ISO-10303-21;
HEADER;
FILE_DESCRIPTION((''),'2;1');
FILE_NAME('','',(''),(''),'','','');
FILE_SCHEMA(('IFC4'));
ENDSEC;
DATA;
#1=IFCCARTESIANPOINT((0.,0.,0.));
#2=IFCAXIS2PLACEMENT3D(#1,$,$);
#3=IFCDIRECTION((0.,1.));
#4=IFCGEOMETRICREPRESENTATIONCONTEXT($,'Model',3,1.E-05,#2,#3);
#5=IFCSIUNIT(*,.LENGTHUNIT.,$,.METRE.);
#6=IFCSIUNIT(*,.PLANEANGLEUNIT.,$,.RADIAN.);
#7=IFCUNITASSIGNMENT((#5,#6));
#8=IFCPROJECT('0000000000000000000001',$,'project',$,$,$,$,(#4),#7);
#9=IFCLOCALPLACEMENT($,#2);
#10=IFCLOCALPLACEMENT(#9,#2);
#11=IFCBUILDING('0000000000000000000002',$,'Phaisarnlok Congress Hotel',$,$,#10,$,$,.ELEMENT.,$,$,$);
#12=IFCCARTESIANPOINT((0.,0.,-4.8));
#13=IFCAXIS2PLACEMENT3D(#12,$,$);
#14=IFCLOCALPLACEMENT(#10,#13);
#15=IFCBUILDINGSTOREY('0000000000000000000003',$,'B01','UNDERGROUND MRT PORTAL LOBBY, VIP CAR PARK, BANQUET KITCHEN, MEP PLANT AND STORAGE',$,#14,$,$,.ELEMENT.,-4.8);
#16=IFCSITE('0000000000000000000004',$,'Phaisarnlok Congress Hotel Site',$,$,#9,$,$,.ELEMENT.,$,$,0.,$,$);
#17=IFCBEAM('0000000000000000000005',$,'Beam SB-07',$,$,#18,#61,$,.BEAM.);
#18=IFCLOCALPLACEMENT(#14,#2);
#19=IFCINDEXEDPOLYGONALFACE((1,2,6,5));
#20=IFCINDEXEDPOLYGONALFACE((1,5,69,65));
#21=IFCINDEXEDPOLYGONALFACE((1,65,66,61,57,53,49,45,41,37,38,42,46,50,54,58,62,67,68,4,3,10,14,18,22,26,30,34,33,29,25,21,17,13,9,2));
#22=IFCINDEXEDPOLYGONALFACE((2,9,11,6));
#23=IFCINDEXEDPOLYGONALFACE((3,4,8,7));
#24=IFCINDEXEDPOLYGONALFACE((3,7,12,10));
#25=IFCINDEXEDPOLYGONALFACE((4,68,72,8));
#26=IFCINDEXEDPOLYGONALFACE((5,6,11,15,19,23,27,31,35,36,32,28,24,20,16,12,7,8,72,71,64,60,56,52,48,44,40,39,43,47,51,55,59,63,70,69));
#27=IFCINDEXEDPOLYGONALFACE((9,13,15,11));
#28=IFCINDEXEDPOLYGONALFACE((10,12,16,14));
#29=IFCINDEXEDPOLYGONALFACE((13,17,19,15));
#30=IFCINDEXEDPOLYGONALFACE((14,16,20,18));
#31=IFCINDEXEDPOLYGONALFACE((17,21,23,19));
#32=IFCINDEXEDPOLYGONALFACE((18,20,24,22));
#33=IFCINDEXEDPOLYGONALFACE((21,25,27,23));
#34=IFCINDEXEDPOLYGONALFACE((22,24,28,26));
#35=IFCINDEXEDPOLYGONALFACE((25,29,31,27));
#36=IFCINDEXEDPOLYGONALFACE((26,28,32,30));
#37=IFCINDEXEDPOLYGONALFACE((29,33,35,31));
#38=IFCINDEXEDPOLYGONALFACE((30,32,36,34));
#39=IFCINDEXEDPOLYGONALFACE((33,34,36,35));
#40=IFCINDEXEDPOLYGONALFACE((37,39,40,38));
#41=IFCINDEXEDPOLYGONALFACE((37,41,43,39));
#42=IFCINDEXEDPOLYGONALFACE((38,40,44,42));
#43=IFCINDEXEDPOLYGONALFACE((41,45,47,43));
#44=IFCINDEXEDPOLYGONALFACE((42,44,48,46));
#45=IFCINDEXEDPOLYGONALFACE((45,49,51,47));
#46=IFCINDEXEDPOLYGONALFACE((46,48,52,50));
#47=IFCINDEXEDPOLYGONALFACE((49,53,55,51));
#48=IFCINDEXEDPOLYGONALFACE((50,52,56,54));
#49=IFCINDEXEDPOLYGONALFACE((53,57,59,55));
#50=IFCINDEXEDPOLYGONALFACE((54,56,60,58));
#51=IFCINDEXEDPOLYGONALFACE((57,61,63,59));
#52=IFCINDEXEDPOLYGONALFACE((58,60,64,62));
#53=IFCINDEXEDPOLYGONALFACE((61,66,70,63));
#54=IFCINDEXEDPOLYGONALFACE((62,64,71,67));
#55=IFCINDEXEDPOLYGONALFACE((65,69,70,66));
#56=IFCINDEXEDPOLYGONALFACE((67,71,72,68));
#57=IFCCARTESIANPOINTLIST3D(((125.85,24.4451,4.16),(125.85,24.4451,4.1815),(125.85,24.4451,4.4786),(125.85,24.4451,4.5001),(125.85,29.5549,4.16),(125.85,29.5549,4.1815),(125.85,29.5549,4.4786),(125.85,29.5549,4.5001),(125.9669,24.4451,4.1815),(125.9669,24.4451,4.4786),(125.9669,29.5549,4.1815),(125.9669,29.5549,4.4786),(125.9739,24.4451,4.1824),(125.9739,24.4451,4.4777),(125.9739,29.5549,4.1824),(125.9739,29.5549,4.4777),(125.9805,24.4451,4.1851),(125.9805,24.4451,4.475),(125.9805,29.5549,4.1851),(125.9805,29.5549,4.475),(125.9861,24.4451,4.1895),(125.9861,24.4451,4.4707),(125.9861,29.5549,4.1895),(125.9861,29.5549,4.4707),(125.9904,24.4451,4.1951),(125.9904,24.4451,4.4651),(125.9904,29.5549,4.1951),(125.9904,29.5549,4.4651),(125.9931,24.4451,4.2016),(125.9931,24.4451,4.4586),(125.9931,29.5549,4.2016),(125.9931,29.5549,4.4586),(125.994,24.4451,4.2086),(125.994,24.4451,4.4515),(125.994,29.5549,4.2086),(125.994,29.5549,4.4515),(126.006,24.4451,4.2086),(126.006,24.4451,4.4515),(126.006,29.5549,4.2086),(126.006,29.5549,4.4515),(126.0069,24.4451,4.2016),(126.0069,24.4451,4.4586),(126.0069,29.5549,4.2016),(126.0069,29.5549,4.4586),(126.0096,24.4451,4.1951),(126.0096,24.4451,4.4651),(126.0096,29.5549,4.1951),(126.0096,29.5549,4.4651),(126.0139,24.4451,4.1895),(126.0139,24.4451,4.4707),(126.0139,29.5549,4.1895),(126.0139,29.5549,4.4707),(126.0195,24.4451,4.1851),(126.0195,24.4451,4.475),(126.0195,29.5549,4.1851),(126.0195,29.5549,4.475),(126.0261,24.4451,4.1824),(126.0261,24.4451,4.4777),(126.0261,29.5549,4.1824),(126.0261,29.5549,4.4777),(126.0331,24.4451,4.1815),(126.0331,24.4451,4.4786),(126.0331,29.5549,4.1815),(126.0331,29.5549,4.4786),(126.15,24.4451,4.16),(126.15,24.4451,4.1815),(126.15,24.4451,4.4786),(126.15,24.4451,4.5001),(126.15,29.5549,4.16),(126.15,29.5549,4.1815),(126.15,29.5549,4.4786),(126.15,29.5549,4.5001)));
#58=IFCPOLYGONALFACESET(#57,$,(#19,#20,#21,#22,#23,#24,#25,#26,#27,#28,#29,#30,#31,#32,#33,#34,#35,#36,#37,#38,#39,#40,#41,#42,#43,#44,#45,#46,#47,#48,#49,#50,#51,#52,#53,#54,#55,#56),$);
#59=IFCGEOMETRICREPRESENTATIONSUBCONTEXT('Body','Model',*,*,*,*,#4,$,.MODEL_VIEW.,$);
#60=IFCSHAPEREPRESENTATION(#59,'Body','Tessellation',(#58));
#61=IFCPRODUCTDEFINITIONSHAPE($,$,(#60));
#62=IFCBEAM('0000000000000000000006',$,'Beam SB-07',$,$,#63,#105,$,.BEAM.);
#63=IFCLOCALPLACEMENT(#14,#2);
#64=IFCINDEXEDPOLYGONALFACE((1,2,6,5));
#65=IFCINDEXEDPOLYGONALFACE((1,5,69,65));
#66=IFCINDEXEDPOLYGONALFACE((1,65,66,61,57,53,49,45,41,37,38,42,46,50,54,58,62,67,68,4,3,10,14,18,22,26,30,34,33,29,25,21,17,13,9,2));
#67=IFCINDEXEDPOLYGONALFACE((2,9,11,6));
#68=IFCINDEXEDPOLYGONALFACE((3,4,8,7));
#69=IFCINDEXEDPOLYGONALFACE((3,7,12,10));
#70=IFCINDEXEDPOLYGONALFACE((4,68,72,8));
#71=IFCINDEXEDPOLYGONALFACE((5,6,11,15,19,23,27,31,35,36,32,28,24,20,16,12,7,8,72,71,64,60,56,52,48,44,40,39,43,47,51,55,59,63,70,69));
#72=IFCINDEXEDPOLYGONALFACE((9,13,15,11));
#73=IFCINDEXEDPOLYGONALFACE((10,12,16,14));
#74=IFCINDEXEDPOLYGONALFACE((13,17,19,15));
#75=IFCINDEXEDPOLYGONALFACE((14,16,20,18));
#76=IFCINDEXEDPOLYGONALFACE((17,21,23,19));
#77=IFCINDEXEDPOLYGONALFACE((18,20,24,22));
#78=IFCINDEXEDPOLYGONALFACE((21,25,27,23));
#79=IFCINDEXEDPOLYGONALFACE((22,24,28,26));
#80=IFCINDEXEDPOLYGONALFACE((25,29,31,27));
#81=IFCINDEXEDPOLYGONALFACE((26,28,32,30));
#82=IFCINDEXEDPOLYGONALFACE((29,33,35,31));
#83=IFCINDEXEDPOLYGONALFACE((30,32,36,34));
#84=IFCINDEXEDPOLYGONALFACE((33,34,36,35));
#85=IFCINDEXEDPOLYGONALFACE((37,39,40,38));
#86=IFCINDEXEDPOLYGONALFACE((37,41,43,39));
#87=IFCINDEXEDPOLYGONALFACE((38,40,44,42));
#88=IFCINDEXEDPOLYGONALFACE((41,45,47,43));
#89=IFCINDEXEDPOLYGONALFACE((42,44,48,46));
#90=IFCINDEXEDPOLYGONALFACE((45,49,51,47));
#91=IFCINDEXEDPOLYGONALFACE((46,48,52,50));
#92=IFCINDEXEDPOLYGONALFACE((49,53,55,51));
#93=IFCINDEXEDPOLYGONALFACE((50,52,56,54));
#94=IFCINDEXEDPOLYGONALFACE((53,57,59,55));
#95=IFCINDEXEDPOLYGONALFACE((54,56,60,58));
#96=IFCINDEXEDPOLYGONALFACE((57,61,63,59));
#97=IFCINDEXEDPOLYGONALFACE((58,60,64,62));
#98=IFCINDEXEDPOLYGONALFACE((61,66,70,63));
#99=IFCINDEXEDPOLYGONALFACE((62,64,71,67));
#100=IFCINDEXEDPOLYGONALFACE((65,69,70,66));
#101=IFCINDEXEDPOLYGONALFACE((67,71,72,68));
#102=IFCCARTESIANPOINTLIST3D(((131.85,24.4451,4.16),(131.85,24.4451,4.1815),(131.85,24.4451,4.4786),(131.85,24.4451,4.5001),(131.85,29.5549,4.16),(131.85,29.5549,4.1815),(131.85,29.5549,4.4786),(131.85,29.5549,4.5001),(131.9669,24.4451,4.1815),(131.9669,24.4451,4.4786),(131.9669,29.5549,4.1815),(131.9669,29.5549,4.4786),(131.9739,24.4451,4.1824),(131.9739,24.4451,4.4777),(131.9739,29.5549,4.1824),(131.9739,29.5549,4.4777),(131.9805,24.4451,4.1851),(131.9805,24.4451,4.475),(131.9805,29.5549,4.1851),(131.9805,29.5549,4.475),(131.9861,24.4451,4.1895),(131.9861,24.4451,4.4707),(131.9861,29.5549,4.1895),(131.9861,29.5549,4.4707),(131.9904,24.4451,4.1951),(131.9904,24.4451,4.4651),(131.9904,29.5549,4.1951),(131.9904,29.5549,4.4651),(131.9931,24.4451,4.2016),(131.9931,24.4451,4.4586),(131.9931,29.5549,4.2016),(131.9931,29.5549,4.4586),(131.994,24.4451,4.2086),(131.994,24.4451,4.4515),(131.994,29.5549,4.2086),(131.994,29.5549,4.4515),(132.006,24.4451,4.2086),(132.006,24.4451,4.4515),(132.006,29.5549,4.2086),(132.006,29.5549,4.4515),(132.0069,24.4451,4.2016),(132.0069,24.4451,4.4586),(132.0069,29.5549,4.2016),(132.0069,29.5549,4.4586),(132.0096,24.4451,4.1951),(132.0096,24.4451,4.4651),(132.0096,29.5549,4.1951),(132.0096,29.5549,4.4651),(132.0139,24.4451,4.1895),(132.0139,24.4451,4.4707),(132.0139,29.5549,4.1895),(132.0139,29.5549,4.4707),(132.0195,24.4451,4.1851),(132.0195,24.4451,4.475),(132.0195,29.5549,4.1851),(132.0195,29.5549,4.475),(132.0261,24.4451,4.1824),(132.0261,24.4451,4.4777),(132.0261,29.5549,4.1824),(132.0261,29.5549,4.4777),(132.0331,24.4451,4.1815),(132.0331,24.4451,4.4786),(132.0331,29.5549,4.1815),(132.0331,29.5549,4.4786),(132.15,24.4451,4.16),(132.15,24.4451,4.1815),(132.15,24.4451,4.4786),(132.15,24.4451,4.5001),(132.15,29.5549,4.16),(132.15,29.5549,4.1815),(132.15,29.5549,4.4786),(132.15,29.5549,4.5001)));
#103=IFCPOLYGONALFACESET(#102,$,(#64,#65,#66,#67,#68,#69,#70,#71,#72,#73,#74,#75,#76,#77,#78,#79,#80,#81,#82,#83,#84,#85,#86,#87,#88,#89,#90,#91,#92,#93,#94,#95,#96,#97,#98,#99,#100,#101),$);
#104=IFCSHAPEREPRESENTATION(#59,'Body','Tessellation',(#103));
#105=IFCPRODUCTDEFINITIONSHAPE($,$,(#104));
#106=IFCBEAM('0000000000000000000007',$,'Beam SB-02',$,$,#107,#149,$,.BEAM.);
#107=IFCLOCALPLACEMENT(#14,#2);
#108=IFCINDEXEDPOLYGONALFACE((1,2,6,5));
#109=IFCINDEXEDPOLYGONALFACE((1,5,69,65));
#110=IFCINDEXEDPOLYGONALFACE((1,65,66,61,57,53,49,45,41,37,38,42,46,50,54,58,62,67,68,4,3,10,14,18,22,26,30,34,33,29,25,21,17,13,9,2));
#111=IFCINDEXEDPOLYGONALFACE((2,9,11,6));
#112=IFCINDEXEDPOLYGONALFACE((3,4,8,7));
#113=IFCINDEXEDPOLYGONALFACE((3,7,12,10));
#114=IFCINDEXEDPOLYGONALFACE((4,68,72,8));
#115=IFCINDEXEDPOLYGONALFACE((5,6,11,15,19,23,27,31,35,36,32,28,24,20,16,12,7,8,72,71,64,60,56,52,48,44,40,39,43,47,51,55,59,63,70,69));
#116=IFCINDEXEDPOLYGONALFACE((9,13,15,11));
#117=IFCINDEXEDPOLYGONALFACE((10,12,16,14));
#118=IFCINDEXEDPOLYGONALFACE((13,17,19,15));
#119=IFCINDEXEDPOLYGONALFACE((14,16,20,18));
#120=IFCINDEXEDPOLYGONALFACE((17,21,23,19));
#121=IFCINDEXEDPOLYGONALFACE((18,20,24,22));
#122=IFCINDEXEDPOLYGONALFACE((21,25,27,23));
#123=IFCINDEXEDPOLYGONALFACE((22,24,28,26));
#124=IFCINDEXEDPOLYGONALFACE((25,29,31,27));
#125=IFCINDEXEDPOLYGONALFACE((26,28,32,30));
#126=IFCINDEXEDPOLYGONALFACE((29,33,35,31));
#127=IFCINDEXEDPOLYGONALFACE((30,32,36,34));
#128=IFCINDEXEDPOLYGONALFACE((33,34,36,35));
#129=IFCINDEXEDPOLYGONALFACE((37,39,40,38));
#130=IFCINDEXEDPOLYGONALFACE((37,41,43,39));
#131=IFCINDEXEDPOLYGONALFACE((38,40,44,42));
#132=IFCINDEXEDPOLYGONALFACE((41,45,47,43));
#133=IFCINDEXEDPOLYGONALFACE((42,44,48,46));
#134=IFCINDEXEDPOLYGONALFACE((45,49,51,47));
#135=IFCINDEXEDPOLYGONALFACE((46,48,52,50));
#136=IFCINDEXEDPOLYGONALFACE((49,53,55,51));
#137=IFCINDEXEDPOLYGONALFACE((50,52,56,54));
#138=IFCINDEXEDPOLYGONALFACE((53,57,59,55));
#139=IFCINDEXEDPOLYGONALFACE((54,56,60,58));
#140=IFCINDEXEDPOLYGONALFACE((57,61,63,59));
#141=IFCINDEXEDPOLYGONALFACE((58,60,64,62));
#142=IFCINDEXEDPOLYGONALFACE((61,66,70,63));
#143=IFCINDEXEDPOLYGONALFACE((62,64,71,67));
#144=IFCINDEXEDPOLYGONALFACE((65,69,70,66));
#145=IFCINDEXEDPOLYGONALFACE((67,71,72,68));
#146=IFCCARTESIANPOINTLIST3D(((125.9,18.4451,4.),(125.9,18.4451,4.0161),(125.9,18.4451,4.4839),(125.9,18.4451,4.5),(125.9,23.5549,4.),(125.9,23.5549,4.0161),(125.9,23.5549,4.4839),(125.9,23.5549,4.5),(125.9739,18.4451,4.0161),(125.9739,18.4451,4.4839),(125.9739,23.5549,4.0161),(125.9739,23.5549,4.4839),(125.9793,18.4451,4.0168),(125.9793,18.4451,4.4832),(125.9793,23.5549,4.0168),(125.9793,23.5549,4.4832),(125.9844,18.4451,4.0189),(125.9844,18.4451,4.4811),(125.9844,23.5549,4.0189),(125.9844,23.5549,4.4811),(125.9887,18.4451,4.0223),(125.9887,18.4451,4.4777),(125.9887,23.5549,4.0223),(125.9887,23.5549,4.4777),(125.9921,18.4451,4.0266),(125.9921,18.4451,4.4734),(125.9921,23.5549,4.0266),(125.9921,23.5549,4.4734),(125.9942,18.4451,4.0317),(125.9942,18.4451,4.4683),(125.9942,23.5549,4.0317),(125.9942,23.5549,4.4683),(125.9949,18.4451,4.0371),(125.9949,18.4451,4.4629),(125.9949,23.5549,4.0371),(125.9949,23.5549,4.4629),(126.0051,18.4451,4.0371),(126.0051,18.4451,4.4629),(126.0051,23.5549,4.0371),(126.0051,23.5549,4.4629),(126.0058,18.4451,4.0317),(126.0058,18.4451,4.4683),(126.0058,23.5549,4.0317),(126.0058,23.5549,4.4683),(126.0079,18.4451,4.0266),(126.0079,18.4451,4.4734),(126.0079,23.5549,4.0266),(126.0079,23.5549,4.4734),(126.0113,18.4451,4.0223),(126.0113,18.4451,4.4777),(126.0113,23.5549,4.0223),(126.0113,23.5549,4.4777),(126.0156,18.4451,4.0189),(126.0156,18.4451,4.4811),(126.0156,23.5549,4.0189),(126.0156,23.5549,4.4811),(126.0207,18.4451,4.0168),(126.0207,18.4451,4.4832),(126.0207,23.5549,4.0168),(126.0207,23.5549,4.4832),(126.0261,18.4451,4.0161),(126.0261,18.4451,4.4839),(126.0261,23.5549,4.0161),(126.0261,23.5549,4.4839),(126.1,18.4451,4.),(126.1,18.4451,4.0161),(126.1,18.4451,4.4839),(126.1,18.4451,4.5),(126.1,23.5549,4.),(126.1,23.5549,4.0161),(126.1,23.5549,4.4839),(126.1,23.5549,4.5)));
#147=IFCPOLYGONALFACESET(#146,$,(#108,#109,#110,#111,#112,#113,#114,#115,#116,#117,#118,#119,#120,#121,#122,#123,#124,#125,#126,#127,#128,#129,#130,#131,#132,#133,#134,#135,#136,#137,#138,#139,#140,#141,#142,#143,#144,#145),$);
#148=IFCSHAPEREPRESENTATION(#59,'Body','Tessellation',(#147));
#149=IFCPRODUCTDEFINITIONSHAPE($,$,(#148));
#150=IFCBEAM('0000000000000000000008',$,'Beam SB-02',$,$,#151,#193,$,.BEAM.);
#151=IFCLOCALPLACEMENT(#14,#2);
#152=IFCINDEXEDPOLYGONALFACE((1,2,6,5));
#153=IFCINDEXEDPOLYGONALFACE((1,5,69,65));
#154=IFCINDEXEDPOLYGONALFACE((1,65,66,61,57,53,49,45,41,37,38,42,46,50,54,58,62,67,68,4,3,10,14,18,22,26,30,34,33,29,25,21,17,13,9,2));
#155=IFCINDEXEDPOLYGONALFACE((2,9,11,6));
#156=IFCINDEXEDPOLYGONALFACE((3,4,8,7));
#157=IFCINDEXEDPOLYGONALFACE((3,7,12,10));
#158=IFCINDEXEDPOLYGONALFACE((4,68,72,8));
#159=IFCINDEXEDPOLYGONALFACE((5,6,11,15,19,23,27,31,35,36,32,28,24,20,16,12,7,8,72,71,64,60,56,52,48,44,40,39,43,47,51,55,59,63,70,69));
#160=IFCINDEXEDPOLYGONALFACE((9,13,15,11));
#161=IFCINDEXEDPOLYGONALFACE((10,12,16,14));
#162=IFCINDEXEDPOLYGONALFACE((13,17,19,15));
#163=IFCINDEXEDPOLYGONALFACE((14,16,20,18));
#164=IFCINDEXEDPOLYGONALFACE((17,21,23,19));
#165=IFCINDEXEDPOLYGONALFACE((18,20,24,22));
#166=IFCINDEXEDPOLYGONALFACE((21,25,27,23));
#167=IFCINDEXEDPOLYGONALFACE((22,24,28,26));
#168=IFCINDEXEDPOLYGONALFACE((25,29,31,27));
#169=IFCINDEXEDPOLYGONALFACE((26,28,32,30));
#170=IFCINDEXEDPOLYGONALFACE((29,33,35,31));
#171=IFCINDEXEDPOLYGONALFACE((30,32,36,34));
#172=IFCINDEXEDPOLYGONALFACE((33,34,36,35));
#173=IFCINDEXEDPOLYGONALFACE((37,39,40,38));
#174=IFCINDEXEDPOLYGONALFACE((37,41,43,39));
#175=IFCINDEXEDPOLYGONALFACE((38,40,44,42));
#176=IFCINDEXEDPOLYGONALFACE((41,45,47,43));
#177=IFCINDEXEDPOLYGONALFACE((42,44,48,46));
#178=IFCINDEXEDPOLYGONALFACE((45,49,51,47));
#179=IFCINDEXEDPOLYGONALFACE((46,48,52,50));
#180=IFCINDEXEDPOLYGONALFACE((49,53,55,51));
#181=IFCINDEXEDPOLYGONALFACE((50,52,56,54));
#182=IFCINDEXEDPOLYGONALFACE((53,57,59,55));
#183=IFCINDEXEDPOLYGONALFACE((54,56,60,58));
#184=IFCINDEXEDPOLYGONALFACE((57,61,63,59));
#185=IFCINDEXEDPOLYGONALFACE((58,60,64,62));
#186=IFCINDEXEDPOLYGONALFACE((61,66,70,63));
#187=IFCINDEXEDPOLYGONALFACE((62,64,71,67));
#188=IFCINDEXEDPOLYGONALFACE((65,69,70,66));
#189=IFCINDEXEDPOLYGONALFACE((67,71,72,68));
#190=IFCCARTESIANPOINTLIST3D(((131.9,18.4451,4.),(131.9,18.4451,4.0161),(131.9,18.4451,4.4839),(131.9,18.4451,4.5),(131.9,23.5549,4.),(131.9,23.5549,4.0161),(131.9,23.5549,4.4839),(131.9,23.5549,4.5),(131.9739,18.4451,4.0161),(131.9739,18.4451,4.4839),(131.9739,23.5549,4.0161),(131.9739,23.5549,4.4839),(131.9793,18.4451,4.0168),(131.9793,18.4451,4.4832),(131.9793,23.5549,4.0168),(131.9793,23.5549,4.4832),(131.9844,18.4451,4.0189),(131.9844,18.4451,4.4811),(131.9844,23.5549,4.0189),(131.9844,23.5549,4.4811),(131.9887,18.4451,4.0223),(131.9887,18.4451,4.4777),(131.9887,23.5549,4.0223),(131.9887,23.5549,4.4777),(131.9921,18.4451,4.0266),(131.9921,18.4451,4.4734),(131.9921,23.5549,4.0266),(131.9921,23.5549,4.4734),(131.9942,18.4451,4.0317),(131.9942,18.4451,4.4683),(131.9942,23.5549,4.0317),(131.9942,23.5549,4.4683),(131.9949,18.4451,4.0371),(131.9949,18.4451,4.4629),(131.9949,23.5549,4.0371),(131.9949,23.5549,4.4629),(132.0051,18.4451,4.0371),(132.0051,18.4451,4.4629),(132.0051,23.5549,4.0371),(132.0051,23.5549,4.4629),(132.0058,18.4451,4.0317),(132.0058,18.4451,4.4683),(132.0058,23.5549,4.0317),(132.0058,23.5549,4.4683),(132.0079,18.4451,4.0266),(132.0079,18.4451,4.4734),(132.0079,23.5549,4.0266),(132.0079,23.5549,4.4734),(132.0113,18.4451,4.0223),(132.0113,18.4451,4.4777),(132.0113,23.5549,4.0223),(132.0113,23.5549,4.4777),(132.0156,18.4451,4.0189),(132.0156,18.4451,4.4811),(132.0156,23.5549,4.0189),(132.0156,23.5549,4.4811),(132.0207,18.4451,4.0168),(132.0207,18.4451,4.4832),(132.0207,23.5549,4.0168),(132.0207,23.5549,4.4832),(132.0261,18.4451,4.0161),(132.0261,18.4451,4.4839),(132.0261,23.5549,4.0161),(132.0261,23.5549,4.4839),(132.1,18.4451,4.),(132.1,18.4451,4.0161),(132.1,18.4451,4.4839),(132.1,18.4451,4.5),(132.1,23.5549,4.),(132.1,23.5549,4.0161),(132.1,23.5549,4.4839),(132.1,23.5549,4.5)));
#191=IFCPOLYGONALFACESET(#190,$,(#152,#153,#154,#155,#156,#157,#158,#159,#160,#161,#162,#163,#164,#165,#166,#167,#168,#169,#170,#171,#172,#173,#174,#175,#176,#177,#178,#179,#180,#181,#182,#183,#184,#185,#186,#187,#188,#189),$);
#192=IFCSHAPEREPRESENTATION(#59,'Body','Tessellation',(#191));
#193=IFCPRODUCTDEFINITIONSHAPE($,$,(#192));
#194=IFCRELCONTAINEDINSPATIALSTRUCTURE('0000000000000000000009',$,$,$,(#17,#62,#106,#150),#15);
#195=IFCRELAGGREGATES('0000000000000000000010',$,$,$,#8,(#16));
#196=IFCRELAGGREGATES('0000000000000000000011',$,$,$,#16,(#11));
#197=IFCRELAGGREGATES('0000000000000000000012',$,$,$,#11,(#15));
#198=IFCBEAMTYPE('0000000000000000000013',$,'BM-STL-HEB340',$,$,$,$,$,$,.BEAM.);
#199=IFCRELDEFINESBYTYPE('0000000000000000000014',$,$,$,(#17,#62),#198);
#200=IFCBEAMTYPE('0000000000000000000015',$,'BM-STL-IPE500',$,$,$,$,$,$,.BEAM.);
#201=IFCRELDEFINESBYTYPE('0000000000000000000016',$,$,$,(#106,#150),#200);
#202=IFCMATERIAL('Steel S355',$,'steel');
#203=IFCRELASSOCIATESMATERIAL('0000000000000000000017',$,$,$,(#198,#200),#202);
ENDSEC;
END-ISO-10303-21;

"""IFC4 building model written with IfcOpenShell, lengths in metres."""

from ifc_helpers import new_model, si_unit, direction, frame, origin, origin_2d, place, context, subcontext, project, spatial, i_section, extrude, material, material_profile, profile_set, type_object, element, save


model = new_model("IFC4")

# Units and contexts
model_context = context("Model", 3, precision=1e-05, world=origin(), true_north=direction((0.0, 1.0)))
body_context = subcontext(model_context, "Body", "Model", "MODEL_VIEW")
ifc_project = project(units=[si_unit("LENGTHUNIT", "METRE"), si_unit("PLANEANGLEUNIT", "RADIAN")], contexts=[model_context])

# Site, building, storey
site_placement = place(None, origin())
site = spatial("IfcSite", under=ifc_project, at=site_placement, Name="Phaisarnlok Congress Hotel Site", CompositionType="ELEMENT", RefElevation=0.0)
building_placement = place(site_placement, origin())
building = spatial("IfcBuilding", under=site, at=building_placement, Name="Phaisarnlok Congress Hotel", CompositionType="ELEMENT")
storey_placement = place(building_placement, frame((0.0, 0.0, -4.8)))
storey = spatial("IfcBuildingStorey", under=building, at=storey_placement, Name="B01", Description="UNDERGROUND MRT PORTAL LOBBY, VIP CAR PARK, BANQUET KITCHEN, MEP PLANT AND STORAGE", CompositionType="ELEMENT", Elevation=-4.8)

# Beams
ifc_material_1 = material(Name="Steel S355", Category="steel")
ifc_material_profile_1 = material_profile(ifc_material_1, i_section(OverallWidth=0.3, OverallDepth=0.3401, WebThickness=0.012, FlangeThickness=0.0215, FilletRadius=0.0271, at=origin_2d()), Name="HEB 340")
ifc_profile_set_1 = profile_set([ifc_material_profile_1], Name="Steel S355")
beam_type_1 = type_object("IfcBeamType", Name="BM-STL-HEB340", PredefinedType="BEAM", material=ifc_profile_set_1)
for number, where, z_axis, x_axis, name in (
    (1, (126.0, 24.4451, 4.3301), (0.0, 1.0, 0.0), (-1.0, 0.0, 0.0), "Beam SB-07"),
    (2, (132.0, 24.4451, 4.3301), (0.0, 1.0, 0.0), (-1.0, 0.0, 0.0), "Beam SB-07"),
):
    element("IfcBeam", number, at=place(storey_placement, frame(where, z_axis=z_axis, x_axis=x_axis)), inside=storey, type_object=beam_type_1, Name=name, PredefinedType="BEAM", context=body_context, shape_type="SweptSolid", body=[
        extrude(i_section(OverallWidth=0.3, OverallDepth=0.3401, WebThickness=0.012, FlangeThickness=0.0215, FilletRadius=0.0271, at=origin_2d()), origin(), (0.0, 0.0, 1.0), 5.1099),
    ])
ifc_material_profile_2 = material_profile(ifc_material_1, i_section(OverallWidth=0.2, OverallDepth=0.5, WebThickness=0.0103, FlangeThickness=0.0161, FilletRadius=0.021, at=origin_2d()), Name="IPE 500")
ifc_profile_set_2 = profile_set([ifc_material_profile_2], Name="Steel S355")
beam_type_2 = type_object("IfcBeamType", Name="BM-STL-IPE500", PredefinedType="BEAM", material=ifc_profile_set_2)
for number, where, z_axis, x_axis, name in (
    (3, (126.0, 18.4451, 4.25), (0.0, 1.0, 0.0), (-1.0, 0.0, 0.0), "Beam SB-02"),
    (4, (132.0, 18.4451, 4.25), (0.0, 1.0, 0.0), (-1.0, 0.0, 0.0), "Beam SB-02"),
):
    element("IfcBeam", number, at=place(storey_placement, frame(where, z_axis=z_axis, x_axis=x_axis)), inside=storey, type_object=beam_type_2, Name=name, PredefinedType="BEAM", context=body_context, shape_type="SweptSolid", body=[
        extrude(i_section(OverallWidth=0.2, OverallDepth=0.5, WebThickness=0.0103, FlangeThickness=0.0161, FilletRadius=0.021, at=origin_2d()), origin(), (0.0, 0.0, 1.0), 5.1099),
    ])

save(model, "model.ifc")
